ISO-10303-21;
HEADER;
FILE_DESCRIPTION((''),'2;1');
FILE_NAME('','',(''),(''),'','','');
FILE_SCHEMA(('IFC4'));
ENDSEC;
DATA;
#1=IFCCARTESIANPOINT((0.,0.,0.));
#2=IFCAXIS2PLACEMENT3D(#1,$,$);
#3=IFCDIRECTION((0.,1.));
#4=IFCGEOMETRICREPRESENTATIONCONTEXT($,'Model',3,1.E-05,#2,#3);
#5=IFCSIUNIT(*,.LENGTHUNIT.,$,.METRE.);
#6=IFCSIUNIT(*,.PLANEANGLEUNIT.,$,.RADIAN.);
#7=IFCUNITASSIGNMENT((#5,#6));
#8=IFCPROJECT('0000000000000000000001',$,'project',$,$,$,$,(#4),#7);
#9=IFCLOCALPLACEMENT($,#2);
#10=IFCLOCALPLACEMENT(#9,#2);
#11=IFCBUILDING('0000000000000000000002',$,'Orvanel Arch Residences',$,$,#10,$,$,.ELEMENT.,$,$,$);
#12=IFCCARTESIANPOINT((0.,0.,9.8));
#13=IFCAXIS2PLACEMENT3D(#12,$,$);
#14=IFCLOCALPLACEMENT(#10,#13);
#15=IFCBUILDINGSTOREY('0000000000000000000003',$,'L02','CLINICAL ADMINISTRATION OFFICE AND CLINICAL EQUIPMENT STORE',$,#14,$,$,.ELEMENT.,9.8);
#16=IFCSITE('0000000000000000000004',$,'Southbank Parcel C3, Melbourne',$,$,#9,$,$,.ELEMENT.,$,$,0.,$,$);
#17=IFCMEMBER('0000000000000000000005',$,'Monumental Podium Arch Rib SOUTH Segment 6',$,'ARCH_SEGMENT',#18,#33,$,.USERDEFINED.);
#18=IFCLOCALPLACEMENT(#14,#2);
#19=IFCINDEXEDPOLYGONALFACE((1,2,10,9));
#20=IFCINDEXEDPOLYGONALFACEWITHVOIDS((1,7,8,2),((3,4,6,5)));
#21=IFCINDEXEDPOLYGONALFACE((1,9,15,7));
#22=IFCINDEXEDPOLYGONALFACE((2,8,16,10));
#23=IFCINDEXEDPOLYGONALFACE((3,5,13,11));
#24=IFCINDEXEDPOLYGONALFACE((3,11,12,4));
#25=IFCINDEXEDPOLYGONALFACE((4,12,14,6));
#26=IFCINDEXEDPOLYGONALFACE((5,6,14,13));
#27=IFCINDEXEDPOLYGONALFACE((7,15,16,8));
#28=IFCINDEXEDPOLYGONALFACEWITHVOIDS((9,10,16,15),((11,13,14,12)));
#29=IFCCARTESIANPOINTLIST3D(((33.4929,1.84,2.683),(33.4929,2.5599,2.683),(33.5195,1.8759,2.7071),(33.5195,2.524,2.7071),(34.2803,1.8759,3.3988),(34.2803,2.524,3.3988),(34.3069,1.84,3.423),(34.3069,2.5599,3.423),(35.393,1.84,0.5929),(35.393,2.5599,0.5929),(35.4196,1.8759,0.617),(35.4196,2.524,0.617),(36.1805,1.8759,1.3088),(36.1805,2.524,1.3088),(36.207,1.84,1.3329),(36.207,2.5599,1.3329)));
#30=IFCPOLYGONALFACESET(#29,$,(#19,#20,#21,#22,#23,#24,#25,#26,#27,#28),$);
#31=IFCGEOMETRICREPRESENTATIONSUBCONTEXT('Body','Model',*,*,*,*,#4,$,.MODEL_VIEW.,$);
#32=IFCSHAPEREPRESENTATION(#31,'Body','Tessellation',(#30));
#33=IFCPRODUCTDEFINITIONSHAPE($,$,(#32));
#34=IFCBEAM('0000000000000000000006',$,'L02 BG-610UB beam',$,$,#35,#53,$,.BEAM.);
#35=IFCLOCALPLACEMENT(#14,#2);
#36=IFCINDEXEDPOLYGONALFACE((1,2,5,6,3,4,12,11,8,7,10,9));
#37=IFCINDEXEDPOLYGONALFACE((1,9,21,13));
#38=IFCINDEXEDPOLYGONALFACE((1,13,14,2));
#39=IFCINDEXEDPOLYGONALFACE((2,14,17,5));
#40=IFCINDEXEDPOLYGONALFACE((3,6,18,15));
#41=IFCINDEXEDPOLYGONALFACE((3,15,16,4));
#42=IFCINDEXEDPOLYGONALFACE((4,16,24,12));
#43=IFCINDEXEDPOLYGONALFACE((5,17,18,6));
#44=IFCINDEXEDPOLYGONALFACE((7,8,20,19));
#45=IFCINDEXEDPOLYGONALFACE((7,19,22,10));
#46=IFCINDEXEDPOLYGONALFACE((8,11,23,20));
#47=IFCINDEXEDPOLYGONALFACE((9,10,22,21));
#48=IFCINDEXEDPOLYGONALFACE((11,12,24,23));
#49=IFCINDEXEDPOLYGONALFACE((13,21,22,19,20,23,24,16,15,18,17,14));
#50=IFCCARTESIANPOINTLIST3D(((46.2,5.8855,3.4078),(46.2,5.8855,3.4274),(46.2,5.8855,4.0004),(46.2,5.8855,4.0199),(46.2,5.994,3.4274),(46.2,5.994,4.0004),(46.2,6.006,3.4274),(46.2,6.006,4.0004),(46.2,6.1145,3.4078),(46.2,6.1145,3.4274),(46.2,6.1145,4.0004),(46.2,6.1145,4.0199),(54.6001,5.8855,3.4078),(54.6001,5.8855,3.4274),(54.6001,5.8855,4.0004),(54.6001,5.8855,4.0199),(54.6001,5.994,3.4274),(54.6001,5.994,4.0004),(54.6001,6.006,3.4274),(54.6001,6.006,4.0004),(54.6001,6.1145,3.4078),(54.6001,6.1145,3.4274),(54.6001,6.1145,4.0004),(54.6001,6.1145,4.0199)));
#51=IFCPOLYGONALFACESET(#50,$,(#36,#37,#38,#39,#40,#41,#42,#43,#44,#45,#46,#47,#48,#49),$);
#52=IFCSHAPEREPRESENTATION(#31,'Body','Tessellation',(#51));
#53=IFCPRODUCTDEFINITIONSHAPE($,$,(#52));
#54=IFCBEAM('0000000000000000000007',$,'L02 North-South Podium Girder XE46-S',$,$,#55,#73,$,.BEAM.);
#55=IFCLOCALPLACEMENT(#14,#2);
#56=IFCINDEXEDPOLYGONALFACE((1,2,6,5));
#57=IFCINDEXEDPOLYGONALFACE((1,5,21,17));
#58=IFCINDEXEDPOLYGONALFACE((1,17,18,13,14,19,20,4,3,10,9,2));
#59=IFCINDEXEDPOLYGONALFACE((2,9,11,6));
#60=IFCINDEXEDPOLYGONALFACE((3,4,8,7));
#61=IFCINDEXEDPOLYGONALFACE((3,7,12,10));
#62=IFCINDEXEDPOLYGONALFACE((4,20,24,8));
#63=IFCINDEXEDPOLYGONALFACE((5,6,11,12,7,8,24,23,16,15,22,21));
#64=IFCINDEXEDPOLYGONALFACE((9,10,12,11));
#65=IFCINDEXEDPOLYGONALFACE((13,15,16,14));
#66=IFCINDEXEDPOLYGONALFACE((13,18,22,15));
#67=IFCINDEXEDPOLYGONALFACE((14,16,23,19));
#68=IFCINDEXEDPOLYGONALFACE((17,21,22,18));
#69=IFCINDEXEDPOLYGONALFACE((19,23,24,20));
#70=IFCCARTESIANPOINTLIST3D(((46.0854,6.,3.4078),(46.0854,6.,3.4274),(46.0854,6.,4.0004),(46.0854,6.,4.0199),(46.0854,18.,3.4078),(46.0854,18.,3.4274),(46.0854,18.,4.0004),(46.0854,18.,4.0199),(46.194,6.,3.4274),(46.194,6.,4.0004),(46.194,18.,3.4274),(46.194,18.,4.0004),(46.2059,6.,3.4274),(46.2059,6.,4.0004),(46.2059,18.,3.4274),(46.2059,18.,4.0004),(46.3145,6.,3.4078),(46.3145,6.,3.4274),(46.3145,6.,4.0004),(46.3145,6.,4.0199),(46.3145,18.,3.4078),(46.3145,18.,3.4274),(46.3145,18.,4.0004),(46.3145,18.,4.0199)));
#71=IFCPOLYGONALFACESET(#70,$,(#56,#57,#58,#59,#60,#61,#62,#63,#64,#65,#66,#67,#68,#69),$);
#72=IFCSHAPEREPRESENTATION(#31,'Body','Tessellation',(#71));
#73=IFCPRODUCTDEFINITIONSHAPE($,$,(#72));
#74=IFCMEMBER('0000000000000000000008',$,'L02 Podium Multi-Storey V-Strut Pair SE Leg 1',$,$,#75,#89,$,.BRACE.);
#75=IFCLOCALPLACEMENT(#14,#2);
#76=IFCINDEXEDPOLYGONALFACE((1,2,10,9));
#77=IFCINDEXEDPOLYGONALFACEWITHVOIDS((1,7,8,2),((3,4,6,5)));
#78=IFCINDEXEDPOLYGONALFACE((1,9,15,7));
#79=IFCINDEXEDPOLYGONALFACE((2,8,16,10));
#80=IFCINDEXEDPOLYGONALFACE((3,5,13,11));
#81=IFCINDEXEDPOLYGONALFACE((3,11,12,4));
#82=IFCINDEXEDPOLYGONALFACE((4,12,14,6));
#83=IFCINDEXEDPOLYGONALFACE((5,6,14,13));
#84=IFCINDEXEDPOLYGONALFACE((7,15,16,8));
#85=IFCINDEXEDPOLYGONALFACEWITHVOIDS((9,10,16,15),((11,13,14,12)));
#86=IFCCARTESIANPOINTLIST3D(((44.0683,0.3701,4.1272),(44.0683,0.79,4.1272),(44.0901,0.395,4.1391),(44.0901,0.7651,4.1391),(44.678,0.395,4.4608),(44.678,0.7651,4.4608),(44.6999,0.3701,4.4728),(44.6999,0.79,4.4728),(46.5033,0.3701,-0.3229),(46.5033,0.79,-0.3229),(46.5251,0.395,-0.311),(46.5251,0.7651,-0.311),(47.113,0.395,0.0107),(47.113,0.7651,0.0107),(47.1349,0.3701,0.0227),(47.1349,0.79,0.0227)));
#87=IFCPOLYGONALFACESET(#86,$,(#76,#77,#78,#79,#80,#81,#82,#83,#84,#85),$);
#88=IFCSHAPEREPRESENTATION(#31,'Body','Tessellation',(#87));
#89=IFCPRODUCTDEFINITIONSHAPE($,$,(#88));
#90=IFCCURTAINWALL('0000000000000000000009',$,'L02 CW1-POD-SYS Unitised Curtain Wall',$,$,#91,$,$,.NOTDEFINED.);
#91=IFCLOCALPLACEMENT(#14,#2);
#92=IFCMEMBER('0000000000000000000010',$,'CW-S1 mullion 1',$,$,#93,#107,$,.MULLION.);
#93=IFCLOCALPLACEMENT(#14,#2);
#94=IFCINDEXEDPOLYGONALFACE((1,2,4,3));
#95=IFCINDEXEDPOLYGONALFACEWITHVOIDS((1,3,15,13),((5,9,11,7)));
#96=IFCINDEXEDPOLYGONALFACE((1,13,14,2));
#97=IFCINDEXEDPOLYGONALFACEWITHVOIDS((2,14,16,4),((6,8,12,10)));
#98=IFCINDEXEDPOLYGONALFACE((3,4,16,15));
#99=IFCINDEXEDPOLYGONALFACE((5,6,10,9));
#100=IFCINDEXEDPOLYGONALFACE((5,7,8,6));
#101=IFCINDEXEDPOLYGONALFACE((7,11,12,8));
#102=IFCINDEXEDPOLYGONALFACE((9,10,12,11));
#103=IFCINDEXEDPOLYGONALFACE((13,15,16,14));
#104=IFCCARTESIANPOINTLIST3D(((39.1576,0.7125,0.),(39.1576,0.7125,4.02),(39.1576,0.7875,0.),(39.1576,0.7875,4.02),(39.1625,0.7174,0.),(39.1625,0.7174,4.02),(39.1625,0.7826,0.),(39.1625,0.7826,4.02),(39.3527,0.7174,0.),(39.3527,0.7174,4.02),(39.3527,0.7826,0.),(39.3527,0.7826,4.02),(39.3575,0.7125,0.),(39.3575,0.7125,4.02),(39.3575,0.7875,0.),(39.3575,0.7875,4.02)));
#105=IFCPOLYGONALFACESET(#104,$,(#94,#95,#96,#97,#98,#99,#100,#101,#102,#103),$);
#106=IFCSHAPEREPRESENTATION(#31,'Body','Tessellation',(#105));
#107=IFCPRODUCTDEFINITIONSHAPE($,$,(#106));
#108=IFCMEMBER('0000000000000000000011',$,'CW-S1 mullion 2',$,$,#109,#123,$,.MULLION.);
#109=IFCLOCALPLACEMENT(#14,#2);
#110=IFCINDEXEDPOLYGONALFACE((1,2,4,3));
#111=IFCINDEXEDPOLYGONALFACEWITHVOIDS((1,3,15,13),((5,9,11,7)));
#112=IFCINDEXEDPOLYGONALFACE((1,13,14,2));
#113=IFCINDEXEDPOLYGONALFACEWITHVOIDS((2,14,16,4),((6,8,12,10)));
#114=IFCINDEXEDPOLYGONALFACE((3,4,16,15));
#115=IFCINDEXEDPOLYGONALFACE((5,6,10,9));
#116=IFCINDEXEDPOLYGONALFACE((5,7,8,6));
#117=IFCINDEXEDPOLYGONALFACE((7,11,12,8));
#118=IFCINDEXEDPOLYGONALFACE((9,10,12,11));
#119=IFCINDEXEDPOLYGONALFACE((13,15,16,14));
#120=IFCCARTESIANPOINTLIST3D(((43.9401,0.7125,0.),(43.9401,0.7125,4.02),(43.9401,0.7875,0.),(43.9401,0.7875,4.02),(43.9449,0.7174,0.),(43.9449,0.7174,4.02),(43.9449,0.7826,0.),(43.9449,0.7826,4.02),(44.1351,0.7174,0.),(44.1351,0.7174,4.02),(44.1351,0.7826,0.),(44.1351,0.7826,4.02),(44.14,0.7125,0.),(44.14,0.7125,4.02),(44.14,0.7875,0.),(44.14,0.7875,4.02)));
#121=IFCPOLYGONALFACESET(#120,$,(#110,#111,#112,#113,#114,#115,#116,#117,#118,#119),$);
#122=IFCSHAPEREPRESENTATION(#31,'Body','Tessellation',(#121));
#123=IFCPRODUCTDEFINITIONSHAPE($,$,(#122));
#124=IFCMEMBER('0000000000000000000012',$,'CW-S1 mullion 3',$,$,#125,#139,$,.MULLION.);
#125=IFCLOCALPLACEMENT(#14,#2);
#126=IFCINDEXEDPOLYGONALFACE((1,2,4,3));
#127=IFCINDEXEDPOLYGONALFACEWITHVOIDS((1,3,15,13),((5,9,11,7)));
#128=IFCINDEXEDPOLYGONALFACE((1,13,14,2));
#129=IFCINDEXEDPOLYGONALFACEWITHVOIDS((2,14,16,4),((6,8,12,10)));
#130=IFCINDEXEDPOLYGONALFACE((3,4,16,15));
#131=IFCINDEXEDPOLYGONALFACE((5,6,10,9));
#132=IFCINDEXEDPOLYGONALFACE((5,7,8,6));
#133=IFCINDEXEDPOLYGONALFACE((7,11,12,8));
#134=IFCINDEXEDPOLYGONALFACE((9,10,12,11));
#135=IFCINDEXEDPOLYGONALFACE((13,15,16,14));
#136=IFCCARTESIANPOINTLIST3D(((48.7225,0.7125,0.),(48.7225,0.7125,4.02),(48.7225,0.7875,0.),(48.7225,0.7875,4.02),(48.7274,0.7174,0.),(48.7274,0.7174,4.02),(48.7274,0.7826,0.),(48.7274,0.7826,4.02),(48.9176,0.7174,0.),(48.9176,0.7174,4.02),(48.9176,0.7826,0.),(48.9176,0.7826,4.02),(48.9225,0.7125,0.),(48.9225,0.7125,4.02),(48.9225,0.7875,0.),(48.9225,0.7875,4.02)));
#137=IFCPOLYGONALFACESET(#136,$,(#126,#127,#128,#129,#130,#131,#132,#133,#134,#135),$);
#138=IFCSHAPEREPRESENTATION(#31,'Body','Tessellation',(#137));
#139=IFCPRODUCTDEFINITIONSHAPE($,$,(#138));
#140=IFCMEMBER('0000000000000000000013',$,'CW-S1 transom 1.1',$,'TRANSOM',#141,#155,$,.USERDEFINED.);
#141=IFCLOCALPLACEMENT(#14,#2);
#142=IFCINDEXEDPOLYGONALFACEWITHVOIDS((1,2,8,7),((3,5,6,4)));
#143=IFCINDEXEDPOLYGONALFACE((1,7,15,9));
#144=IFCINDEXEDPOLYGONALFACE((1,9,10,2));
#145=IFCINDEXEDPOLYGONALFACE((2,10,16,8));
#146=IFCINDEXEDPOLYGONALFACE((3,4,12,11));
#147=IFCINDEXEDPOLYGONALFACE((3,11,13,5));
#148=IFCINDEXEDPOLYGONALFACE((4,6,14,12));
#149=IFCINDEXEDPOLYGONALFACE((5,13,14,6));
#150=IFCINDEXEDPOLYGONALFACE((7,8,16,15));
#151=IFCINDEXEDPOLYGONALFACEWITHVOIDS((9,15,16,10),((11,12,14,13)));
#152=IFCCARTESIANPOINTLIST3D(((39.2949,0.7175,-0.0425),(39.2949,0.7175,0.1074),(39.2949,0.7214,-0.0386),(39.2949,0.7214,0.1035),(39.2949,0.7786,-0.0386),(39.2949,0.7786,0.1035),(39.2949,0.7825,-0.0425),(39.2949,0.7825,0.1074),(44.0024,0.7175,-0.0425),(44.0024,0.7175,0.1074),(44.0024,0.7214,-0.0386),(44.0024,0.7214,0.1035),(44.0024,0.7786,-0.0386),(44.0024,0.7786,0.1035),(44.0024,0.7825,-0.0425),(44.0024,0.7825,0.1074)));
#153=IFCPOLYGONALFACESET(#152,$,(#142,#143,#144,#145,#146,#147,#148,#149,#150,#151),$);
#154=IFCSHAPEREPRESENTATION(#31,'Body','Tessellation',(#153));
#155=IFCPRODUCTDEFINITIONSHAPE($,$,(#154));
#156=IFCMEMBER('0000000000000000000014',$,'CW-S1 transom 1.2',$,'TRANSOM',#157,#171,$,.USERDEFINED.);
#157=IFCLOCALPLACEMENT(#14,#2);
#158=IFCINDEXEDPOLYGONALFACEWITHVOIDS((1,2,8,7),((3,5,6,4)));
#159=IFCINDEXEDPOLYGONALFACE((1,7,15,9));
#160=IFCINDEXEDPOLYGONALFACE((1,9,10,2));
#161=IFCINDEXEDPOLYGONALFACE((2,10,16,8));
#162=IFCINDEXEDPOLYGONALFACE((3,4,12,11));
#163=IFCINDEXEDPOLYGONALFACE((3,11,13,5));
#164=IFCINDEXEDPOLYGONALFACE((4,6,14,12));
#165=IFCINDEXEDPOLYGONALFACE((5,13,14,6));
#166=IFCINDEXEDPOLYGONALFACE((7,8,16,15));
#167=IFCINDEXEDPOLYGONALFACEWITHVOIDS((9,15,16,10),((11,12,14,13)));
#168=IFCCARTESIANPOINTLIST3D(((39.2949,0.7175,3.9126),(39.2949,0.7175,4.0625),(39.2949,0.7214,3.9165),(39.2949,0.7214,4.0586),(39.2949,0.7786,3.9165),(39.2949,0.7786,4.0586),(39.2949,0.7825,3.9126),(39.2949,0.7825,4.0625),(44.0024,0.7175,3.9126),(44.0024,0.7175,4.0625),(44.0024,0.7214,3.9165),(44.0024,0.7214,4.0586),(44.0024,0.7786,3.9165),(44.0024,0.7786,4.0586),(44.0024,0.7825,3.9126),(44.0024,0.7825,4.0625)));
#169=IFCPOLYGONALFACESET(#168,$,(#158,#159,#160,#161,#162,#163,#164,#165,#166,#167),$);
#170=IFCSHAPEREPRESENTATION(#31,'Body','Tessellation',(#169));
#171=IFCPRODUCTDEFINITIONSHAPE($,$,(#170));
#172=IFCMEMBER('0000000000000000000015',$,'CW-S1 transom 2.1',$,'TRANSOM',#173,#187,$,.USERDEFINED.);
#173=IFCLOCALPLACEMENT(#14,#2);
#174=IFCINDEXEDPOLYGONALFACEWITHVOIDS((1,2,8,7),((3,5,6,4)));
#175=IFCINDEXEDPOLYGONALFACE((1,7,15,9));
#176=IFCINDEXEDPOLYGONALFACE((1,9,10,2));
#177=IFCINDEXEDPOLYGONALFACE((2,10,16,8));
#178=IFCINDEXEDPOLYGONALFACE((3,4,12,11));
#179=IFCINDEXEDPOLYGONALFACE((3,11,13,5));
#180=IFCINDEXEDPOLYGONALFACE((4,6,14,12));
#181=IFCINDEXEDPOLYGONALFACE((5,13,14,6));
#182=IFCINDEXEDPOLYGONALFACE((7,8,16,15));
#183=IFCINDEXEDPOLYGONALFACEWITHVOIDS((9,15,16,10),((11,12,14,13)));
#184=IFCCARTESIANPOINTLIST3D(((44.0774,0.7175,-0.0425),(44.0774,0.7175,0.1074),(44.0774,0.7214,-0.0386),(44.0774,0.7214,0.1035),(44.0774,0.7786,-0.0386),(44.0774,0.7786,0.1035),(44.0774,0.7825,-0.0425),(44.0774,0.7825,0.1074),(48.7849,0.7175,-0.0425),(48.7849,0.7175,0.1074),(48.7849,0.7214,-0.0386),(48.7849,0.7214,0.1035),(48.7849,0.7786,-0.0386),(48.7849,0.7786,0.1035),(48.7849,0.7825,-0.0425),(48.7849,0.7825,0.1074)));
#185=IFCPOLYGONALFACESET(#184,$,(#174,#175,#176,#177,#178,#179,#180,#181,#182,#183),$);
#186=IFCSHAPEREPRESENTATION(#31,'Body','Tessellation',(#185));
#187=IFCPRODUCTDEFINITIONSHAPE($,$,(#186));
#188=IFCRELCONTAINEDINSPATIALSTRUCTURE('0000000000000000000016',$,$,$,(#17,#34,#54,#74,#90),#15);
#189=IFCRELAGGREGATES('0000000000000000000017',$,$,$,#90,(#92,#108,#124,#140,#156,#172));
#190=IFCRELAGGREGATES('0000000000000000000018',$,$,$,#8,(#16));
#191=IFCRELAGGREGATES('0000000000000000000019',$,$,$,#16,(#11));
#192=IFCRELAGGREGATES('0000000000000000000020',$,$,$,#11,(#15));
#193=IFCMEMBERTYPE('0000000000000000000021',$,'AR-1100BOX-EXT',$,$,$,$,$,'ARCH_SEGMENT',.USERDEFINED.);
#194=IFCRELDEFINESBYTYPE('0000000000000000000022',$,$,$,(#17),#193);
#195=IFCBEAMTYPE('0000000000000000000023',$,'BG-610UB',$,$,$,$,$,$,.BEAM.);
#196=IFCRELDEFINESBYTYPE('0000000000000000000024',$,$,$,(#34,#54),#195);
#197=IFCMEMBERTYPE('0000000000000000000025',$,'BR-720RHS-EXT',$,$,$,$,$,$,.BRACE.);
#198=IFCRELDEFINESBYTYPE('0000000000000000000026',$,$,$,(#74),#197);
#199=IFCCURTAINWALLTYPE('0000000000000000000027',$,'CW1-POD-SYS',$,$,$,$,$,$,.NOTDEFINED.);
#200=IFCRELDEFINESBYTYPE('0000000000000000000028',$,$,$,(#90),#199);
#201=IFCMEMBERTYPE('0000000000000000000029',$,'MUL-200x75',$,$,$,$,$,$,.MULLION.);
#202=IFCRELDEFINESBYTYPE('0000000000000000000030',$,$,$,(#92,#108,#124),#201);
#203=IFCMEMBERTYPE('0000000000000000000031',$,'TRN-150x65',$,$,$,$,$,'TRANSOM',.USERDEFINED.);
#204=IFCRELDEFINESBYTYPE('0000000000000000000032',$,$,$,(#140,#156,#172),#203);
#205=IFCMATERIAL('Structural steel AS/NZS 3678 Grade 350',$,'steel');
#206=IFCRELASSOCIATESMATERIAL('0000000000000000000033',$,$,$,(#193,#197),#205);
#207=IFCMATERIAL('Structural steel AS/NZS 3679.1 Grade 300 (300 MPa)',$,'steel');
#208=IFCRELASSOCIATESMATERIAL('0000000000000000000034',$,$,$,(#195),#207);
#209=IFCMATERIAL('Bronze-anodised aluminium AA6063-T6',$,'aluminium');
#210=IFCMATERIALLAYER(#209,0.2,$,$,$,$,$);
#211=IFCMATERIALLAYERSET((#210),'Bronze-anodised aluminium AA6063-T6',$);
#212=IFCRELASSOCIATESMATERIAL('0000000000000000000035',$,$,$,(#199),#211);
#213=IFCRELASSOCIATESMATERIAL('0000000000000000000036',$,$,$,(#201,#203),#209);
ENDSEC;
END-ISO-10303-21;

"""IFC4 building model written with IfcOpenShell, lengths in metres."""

from ifc_helpers import new_model, si_unit, direction, frame, origin, origin_2d, place, context, subcontext, project, spatial, hollow_rectangle, i_section, extrude, material, layer, layer_set, material_profile, profile_set, type_object, element, aggregate, save


model = new_model("IFC4")

# Units and contexts
model_context = context("Model", 3, precision=1e-05, world=origin(), true_north=direction((0.0, 1.0)))
body_context = subcontext(model_context, "Body", "Model", "MODEL_VIEW")
ifc_project = project(units=[si_unit("LENGTHUNIT", "METRE"), si_unit("PLANEANGLEUNIT", "RADIAN")], contexts=[model_context])

# Site, building, storey
site_placement = place(None, origin())
site = spatial("IfcSite", under=ifc_project, at=site_placement, Name="Southbank Parcel C3, Melbourne", CompositionType="ELEMENT", RefElevation=0.0)
building_placement = place(site_placement, origin())
building = spatial("IfcBuilding", under=site, at=building_placement, Name="Orvanel Arch Residences", CompositionType="ELEMENT")
storey_placement = place(building_placement, frame((0.0, 0.0, 9.8)))
storey = spatial("IfcBuildingStorey", under=building, at=storey_placement, Name="L02", Description="CLINICAL ADMINISTRATION OFFICE AND CLINICAL EQUIPMENT STORE", CompositionType="ELEMENT", Elevation=9.8)

# Shared definitions
ifc_material_1 = material(Name="Structural steel AS/NZS 3679.1 Grade 300 (300 MPa)", Category="steel")

# Member
ifc_material_2 = material(Name="Structural steel AS/NZS 3678 Grade 350", Category="steel")
ifc_material_profile_1 = material_profile(ifc_material_2, hollow_rectangle(XDim=0.72, YDim=1.1001, WallThickness=0.0359, at=origin_2d()), Name="BOX1100x720x36")
ifc_profile_set_1 = profile_set([ifc_material_profile_1], Name="Structural steel AS/NZS 3678 Grade 350")
member_type_1 = type_object("IfcMemberType", Name="AR-1100BOX-EXT", ElementType="ARCH_SEGMENT", PredefinedType="USERDEFINED", material=ifc_profile_set_1)
member_1_placement = place(storey_placement, frame((33.8999, 2.2, 3.053), z_axis=(0.672686, 0.0, -0.739928), x_axis=(0.0, 1.0, 0.0)))
element("IfcMember", 1, at=member_1_placement, inside=storey, type_object=member_type_1, Name="Monumental Podium Arch Rib SOUTH Segment 6", ObjectType="ARCH_SEGMENT", PredefinedType="USERDEFINED", context=body_context, shape_type="SweptSolid", body=[
    extrude(hollow_rectangle(XDim=0.72, YDim=1.1001, WallThickness=0.0359, at=origin_2d()), origin(), (0.0, 0.0, 1.0), 2.8247),
])

# Beams
ifc_material_profile_2 = material_profile(ifc_material_1, i_section(OverallWidth=0.229, OverallDepth=0.6121, WebThickness=0.012, FlangeThickness=0.0195, at=origin_2d()), Name="610UB125")
ifc_profile_set_2 = profile_set([ifc_material_profile_2], Name="Structural steel AS/NZS 3679.1 Grade 300 (300 MPa)")
beam_type = type_object("IfcBeamType", Name="BG-610UB", PredefinedType="BEAM", material=ifc_profile_set_2)
beam_1_placement = place(storey_placement, frame((46.2, 6.0, 3.7139), z_axis=(1.0, 0.0, 0.0), x_axis=(0.0, 1.0, 0.0)))
element("IfcBeam", 2, at=beam_1_placement, inside=storey, type_object=beam_type, Name="L02 BG-610UB beam", PredefinedType="BEAM", context=body_context, shape_type="SweptSolid", body=[
    extrude(i_section(OverallWidth=0.229, OverallDepth=0.6121, WebThickness=0.012, FlangeThickness=0.0195, at=origin_2d()), origin(), (0.0, 0.0, 1.0), 8.4001),
])
beam_2_placement = place(storey_placement, frame((46.2, 6.0, 3.7139), z_axis=(0.0, 1.0, 0.0), x_axis=(-1.0, 0.0, 0.0)))
element("IfcBeam", 3, at=beam_2_placement, inside=storey, type_object=beam_type, Name="L02 North-South Podium Girder XE46-S", PredefinedType="BEAM", context=body_context, shape_type="SweptSolid", body=[
    extrude(i_section(OverallWidth=0.229, OverallDepth=0.6121, WebThickness=0.012, FlangeThickness=0.0195, at=origin_2d()), origin(), (0.0, 0.0, 1.0), 12.0),
])

# Member
ifc_material_profile_3 = material_profile(ifc_material_2, hollow_rectangle(XDim=0.4199, YDim=0.72, WallThickness=0.0249, at=origin_2d()), Name="RHS720x420x25")
ifc_profile_set_3 = profile_set([ifc_material_profile_3], Name="Structural steel AS/NZS 3678 Grade 350")
member_type_2 = type_object("IfcMemberType", Name="BR-720RHS-EXT", PredefinedType="BRACE", material=ifc_profile_set_3)
member_2_placement = place(storey_placement, frame((46.8191, 0.5801, -0.1501), z_axis=(-0.480018, 0.0, 0.877258), x_axis=(0.0, -1.0, 0.0)))
element("IfcMember", 4, at=member_2_placement, inside=storey, type_object=member_type_2, Name="L02 Podium Multi-Storey V-Strut Pair SE Leg 1", PredefinedType="BRACE", context=body_context, shape_type="SweptSolid", body=[
    extrude(hollow_rectangle(XDim=0.4199, YDim=0.72, WallThickness=0.0249, at=origin_2d()), origin(), (0.0, 0.0, 1.0), 5.0728),
])

# Curtain wall, members
ifc_material_3 = material(Name="Bronze-anodised aluminium AA6063-T6", Category="aluminium")
ifc_layer_1 = layer(ifc_material_3, 0.2)
ifc_layer_set_1 = layer_set([ifc_layer_1], Name="Bronze-anodised aluminium AA6063-T6")
curtain_wall_type = type_object("IfcCurtainWallType", Name="CW1-POD-SYS", PredefinedType="NOTDEFINED", material=ifc_layer_set_1)
curtain_wall_placement = place(storey_placement, origin())
curtain_wall = element("IfcCurtainWall", 5, at=curtain_wall_placement, inside=storey, type_object=curtain_wall_type, Name="L02 CW1-POD-SYS Unitised Curtain Wall", PredefinedType="NOTDEFINED")
ifc_material_profile_4 = material_profile(ifc_material_3, hollow_rectangle(XDim=0.075, YDim=0.2, WallThickness=0.0049, at=origin_2d()), Name="ALU200x75x5")
ifc_profile_set_4 = profile_set([ifc_material_profile_4], Name="Bronze-anodised aluminium AA6063-T6")
member_type_3 = type_object("IfcMemberType", Name="MUL-200x75", PredefinedType="MULLION", material=ifc_profile_set_4)
member_3_placement = place(storey_placement, frame((39.2576, 0.75, 0.0), z_axis=(0.0, 0.0, 1.0), x_axis=(0.0, 1.0, 0.0)))
member_3 = element("IfcMember", 6, at=member_3_placement, type_object=member_type_3, Name="CW-S1 mullion 1", PredefinedType="MULLION", context=body_context, shape_type="SweptSolid", body=[
    extrude(hollow_rectangle(XDim=0.075, YDim=0.2, WallThickness=0.0049, at=origin_2d()), origin(), (0.0, 0.0, 1.0), 4.02),
])
member_4_placement = place(storey_placement, frame((44.04, 0.75, 0.0), z_axis=(0.0, 0.0, 1.0), x_axis=(0.0, 1.0, 0.0)))
member_4 = element("IfcMember", 7, at=member_4_placement, type_object=member_type_3, Name="CW-S1 mullion 2", PredefinedType="MULLION", context=body_context, shape_type="SweptSolid", body=[
    extrude(hollow_rectangle(XDim=0.075, YDim=0.2, WallThickness=0.0049, at=origin_2d()), origin(), (0.0, 0.0, 1.0), 4.02),
])
member_5_placement = place(storey_placement, frame((48.8225, 0.75, 0.0), z_axis=(0.0, 0.0, 1.0), x_axis=(0.0, 1.0, 0.0)))
member_5 = element("IfcMember", 8, at=member_5_placement, type_object=member_type_3, Name="CW-S1 mullion 3", PredefinedType="MULLION", context=body_context, shape_type="SweptSolid", body=[
    extrude(hollow_rectangle(XDim=0.075, YDim=0.2, WallThickness=0.0049, at=origin_2d()), origin(), (0.0, 0.0, 1.0), 4.02),
])
ifc_material_profile_5 = material_profile(ifc_material_3, hollow_rectangle(XDim=0.0649, YDim=0.1499, WallThickness=0.0039, at=origin_2d()), Name="ALU150x65x4")
ifc_profile_set_5 = profile_set([ifc_material_profile_5], Name="Bronze-anodised aluminium AA6063-T6")
member_type_4 = type_object("IfcMemberType", Name="TRN-150x65", ElementType="TRANSOM", PredefinedType="USERDEFINED", material=ifc_profile_set_5)
member_6_placement = place(storey_placement, frame((39.2949, 0.75, 0.0325), z_axis=(1.0, 0.0, 0.0), x_axis=(0.0, 1.0, 0.0)))
member_6 = element("IfcMember", 9, at=member_6_placement, type_object=member_type_4, Name="CW-S1 transom 1.1", ObjectType="TRANSOM", PredefinedType="USERDEFINED", context=body_context, shape_type="SweptSolid", body=[
    extrude(hollow_rectangle(XDim=0.0649, YDim=0.1499, WallThickness=0.0039, at=origin_2d()), origin(), (0.0, 0.0, 1.0), 4.7075),
])
member_7_placement = place(storey_placement, frame((39.2949, 0.75, 3.9875), z_axis=(1.0, 0.0, 0.0), x_axis=(0.0, 1.0, 0.0)))
member_7 = element("IfcMember", 10, at=member_7_placement, type_object=member_type_4, Name="CW-S1 transom 1.2", ObjectType="TRANSOM", PredefinedType="USERDEFINED", context=body_context, shape_type="SweptSolid", body=[
    extrude(hollow_rectangle(XDim=0.0649, YDim=0.1499, WallThickness=0.0039, at=origin_2d()), origin(), (0.0, 0.0, 1.0), 4.7075),
])
member_8_placement = place(storey_placement, frame((44.0774, 0.75, 0.0325), z_axis=(1.0, 0.0, 0.0), x_axis=(0.0, 1.0, 0.0)))
member_8 = element("IfcMember", 11, at=member_8_placement, type_object=member_type_4, Name="CW-S1 transom 2.1", ObjectType="TRANSOM", PredefinedType="USERDEFINED", context=body_context, shape_type="SweptSolid", body=[
    extrude(hollow_rectangle(XDim=0.0649, YDim=0.1499, WallThickness=0.0039, at=origin_2d()), origin(), (0.0, 0.0, 1.0), 4.7075),
])

aggregate(curtain_wall, [member_3, member_4, member_5, member_6, member_7, member_8])

save(model, "model.ifc")
